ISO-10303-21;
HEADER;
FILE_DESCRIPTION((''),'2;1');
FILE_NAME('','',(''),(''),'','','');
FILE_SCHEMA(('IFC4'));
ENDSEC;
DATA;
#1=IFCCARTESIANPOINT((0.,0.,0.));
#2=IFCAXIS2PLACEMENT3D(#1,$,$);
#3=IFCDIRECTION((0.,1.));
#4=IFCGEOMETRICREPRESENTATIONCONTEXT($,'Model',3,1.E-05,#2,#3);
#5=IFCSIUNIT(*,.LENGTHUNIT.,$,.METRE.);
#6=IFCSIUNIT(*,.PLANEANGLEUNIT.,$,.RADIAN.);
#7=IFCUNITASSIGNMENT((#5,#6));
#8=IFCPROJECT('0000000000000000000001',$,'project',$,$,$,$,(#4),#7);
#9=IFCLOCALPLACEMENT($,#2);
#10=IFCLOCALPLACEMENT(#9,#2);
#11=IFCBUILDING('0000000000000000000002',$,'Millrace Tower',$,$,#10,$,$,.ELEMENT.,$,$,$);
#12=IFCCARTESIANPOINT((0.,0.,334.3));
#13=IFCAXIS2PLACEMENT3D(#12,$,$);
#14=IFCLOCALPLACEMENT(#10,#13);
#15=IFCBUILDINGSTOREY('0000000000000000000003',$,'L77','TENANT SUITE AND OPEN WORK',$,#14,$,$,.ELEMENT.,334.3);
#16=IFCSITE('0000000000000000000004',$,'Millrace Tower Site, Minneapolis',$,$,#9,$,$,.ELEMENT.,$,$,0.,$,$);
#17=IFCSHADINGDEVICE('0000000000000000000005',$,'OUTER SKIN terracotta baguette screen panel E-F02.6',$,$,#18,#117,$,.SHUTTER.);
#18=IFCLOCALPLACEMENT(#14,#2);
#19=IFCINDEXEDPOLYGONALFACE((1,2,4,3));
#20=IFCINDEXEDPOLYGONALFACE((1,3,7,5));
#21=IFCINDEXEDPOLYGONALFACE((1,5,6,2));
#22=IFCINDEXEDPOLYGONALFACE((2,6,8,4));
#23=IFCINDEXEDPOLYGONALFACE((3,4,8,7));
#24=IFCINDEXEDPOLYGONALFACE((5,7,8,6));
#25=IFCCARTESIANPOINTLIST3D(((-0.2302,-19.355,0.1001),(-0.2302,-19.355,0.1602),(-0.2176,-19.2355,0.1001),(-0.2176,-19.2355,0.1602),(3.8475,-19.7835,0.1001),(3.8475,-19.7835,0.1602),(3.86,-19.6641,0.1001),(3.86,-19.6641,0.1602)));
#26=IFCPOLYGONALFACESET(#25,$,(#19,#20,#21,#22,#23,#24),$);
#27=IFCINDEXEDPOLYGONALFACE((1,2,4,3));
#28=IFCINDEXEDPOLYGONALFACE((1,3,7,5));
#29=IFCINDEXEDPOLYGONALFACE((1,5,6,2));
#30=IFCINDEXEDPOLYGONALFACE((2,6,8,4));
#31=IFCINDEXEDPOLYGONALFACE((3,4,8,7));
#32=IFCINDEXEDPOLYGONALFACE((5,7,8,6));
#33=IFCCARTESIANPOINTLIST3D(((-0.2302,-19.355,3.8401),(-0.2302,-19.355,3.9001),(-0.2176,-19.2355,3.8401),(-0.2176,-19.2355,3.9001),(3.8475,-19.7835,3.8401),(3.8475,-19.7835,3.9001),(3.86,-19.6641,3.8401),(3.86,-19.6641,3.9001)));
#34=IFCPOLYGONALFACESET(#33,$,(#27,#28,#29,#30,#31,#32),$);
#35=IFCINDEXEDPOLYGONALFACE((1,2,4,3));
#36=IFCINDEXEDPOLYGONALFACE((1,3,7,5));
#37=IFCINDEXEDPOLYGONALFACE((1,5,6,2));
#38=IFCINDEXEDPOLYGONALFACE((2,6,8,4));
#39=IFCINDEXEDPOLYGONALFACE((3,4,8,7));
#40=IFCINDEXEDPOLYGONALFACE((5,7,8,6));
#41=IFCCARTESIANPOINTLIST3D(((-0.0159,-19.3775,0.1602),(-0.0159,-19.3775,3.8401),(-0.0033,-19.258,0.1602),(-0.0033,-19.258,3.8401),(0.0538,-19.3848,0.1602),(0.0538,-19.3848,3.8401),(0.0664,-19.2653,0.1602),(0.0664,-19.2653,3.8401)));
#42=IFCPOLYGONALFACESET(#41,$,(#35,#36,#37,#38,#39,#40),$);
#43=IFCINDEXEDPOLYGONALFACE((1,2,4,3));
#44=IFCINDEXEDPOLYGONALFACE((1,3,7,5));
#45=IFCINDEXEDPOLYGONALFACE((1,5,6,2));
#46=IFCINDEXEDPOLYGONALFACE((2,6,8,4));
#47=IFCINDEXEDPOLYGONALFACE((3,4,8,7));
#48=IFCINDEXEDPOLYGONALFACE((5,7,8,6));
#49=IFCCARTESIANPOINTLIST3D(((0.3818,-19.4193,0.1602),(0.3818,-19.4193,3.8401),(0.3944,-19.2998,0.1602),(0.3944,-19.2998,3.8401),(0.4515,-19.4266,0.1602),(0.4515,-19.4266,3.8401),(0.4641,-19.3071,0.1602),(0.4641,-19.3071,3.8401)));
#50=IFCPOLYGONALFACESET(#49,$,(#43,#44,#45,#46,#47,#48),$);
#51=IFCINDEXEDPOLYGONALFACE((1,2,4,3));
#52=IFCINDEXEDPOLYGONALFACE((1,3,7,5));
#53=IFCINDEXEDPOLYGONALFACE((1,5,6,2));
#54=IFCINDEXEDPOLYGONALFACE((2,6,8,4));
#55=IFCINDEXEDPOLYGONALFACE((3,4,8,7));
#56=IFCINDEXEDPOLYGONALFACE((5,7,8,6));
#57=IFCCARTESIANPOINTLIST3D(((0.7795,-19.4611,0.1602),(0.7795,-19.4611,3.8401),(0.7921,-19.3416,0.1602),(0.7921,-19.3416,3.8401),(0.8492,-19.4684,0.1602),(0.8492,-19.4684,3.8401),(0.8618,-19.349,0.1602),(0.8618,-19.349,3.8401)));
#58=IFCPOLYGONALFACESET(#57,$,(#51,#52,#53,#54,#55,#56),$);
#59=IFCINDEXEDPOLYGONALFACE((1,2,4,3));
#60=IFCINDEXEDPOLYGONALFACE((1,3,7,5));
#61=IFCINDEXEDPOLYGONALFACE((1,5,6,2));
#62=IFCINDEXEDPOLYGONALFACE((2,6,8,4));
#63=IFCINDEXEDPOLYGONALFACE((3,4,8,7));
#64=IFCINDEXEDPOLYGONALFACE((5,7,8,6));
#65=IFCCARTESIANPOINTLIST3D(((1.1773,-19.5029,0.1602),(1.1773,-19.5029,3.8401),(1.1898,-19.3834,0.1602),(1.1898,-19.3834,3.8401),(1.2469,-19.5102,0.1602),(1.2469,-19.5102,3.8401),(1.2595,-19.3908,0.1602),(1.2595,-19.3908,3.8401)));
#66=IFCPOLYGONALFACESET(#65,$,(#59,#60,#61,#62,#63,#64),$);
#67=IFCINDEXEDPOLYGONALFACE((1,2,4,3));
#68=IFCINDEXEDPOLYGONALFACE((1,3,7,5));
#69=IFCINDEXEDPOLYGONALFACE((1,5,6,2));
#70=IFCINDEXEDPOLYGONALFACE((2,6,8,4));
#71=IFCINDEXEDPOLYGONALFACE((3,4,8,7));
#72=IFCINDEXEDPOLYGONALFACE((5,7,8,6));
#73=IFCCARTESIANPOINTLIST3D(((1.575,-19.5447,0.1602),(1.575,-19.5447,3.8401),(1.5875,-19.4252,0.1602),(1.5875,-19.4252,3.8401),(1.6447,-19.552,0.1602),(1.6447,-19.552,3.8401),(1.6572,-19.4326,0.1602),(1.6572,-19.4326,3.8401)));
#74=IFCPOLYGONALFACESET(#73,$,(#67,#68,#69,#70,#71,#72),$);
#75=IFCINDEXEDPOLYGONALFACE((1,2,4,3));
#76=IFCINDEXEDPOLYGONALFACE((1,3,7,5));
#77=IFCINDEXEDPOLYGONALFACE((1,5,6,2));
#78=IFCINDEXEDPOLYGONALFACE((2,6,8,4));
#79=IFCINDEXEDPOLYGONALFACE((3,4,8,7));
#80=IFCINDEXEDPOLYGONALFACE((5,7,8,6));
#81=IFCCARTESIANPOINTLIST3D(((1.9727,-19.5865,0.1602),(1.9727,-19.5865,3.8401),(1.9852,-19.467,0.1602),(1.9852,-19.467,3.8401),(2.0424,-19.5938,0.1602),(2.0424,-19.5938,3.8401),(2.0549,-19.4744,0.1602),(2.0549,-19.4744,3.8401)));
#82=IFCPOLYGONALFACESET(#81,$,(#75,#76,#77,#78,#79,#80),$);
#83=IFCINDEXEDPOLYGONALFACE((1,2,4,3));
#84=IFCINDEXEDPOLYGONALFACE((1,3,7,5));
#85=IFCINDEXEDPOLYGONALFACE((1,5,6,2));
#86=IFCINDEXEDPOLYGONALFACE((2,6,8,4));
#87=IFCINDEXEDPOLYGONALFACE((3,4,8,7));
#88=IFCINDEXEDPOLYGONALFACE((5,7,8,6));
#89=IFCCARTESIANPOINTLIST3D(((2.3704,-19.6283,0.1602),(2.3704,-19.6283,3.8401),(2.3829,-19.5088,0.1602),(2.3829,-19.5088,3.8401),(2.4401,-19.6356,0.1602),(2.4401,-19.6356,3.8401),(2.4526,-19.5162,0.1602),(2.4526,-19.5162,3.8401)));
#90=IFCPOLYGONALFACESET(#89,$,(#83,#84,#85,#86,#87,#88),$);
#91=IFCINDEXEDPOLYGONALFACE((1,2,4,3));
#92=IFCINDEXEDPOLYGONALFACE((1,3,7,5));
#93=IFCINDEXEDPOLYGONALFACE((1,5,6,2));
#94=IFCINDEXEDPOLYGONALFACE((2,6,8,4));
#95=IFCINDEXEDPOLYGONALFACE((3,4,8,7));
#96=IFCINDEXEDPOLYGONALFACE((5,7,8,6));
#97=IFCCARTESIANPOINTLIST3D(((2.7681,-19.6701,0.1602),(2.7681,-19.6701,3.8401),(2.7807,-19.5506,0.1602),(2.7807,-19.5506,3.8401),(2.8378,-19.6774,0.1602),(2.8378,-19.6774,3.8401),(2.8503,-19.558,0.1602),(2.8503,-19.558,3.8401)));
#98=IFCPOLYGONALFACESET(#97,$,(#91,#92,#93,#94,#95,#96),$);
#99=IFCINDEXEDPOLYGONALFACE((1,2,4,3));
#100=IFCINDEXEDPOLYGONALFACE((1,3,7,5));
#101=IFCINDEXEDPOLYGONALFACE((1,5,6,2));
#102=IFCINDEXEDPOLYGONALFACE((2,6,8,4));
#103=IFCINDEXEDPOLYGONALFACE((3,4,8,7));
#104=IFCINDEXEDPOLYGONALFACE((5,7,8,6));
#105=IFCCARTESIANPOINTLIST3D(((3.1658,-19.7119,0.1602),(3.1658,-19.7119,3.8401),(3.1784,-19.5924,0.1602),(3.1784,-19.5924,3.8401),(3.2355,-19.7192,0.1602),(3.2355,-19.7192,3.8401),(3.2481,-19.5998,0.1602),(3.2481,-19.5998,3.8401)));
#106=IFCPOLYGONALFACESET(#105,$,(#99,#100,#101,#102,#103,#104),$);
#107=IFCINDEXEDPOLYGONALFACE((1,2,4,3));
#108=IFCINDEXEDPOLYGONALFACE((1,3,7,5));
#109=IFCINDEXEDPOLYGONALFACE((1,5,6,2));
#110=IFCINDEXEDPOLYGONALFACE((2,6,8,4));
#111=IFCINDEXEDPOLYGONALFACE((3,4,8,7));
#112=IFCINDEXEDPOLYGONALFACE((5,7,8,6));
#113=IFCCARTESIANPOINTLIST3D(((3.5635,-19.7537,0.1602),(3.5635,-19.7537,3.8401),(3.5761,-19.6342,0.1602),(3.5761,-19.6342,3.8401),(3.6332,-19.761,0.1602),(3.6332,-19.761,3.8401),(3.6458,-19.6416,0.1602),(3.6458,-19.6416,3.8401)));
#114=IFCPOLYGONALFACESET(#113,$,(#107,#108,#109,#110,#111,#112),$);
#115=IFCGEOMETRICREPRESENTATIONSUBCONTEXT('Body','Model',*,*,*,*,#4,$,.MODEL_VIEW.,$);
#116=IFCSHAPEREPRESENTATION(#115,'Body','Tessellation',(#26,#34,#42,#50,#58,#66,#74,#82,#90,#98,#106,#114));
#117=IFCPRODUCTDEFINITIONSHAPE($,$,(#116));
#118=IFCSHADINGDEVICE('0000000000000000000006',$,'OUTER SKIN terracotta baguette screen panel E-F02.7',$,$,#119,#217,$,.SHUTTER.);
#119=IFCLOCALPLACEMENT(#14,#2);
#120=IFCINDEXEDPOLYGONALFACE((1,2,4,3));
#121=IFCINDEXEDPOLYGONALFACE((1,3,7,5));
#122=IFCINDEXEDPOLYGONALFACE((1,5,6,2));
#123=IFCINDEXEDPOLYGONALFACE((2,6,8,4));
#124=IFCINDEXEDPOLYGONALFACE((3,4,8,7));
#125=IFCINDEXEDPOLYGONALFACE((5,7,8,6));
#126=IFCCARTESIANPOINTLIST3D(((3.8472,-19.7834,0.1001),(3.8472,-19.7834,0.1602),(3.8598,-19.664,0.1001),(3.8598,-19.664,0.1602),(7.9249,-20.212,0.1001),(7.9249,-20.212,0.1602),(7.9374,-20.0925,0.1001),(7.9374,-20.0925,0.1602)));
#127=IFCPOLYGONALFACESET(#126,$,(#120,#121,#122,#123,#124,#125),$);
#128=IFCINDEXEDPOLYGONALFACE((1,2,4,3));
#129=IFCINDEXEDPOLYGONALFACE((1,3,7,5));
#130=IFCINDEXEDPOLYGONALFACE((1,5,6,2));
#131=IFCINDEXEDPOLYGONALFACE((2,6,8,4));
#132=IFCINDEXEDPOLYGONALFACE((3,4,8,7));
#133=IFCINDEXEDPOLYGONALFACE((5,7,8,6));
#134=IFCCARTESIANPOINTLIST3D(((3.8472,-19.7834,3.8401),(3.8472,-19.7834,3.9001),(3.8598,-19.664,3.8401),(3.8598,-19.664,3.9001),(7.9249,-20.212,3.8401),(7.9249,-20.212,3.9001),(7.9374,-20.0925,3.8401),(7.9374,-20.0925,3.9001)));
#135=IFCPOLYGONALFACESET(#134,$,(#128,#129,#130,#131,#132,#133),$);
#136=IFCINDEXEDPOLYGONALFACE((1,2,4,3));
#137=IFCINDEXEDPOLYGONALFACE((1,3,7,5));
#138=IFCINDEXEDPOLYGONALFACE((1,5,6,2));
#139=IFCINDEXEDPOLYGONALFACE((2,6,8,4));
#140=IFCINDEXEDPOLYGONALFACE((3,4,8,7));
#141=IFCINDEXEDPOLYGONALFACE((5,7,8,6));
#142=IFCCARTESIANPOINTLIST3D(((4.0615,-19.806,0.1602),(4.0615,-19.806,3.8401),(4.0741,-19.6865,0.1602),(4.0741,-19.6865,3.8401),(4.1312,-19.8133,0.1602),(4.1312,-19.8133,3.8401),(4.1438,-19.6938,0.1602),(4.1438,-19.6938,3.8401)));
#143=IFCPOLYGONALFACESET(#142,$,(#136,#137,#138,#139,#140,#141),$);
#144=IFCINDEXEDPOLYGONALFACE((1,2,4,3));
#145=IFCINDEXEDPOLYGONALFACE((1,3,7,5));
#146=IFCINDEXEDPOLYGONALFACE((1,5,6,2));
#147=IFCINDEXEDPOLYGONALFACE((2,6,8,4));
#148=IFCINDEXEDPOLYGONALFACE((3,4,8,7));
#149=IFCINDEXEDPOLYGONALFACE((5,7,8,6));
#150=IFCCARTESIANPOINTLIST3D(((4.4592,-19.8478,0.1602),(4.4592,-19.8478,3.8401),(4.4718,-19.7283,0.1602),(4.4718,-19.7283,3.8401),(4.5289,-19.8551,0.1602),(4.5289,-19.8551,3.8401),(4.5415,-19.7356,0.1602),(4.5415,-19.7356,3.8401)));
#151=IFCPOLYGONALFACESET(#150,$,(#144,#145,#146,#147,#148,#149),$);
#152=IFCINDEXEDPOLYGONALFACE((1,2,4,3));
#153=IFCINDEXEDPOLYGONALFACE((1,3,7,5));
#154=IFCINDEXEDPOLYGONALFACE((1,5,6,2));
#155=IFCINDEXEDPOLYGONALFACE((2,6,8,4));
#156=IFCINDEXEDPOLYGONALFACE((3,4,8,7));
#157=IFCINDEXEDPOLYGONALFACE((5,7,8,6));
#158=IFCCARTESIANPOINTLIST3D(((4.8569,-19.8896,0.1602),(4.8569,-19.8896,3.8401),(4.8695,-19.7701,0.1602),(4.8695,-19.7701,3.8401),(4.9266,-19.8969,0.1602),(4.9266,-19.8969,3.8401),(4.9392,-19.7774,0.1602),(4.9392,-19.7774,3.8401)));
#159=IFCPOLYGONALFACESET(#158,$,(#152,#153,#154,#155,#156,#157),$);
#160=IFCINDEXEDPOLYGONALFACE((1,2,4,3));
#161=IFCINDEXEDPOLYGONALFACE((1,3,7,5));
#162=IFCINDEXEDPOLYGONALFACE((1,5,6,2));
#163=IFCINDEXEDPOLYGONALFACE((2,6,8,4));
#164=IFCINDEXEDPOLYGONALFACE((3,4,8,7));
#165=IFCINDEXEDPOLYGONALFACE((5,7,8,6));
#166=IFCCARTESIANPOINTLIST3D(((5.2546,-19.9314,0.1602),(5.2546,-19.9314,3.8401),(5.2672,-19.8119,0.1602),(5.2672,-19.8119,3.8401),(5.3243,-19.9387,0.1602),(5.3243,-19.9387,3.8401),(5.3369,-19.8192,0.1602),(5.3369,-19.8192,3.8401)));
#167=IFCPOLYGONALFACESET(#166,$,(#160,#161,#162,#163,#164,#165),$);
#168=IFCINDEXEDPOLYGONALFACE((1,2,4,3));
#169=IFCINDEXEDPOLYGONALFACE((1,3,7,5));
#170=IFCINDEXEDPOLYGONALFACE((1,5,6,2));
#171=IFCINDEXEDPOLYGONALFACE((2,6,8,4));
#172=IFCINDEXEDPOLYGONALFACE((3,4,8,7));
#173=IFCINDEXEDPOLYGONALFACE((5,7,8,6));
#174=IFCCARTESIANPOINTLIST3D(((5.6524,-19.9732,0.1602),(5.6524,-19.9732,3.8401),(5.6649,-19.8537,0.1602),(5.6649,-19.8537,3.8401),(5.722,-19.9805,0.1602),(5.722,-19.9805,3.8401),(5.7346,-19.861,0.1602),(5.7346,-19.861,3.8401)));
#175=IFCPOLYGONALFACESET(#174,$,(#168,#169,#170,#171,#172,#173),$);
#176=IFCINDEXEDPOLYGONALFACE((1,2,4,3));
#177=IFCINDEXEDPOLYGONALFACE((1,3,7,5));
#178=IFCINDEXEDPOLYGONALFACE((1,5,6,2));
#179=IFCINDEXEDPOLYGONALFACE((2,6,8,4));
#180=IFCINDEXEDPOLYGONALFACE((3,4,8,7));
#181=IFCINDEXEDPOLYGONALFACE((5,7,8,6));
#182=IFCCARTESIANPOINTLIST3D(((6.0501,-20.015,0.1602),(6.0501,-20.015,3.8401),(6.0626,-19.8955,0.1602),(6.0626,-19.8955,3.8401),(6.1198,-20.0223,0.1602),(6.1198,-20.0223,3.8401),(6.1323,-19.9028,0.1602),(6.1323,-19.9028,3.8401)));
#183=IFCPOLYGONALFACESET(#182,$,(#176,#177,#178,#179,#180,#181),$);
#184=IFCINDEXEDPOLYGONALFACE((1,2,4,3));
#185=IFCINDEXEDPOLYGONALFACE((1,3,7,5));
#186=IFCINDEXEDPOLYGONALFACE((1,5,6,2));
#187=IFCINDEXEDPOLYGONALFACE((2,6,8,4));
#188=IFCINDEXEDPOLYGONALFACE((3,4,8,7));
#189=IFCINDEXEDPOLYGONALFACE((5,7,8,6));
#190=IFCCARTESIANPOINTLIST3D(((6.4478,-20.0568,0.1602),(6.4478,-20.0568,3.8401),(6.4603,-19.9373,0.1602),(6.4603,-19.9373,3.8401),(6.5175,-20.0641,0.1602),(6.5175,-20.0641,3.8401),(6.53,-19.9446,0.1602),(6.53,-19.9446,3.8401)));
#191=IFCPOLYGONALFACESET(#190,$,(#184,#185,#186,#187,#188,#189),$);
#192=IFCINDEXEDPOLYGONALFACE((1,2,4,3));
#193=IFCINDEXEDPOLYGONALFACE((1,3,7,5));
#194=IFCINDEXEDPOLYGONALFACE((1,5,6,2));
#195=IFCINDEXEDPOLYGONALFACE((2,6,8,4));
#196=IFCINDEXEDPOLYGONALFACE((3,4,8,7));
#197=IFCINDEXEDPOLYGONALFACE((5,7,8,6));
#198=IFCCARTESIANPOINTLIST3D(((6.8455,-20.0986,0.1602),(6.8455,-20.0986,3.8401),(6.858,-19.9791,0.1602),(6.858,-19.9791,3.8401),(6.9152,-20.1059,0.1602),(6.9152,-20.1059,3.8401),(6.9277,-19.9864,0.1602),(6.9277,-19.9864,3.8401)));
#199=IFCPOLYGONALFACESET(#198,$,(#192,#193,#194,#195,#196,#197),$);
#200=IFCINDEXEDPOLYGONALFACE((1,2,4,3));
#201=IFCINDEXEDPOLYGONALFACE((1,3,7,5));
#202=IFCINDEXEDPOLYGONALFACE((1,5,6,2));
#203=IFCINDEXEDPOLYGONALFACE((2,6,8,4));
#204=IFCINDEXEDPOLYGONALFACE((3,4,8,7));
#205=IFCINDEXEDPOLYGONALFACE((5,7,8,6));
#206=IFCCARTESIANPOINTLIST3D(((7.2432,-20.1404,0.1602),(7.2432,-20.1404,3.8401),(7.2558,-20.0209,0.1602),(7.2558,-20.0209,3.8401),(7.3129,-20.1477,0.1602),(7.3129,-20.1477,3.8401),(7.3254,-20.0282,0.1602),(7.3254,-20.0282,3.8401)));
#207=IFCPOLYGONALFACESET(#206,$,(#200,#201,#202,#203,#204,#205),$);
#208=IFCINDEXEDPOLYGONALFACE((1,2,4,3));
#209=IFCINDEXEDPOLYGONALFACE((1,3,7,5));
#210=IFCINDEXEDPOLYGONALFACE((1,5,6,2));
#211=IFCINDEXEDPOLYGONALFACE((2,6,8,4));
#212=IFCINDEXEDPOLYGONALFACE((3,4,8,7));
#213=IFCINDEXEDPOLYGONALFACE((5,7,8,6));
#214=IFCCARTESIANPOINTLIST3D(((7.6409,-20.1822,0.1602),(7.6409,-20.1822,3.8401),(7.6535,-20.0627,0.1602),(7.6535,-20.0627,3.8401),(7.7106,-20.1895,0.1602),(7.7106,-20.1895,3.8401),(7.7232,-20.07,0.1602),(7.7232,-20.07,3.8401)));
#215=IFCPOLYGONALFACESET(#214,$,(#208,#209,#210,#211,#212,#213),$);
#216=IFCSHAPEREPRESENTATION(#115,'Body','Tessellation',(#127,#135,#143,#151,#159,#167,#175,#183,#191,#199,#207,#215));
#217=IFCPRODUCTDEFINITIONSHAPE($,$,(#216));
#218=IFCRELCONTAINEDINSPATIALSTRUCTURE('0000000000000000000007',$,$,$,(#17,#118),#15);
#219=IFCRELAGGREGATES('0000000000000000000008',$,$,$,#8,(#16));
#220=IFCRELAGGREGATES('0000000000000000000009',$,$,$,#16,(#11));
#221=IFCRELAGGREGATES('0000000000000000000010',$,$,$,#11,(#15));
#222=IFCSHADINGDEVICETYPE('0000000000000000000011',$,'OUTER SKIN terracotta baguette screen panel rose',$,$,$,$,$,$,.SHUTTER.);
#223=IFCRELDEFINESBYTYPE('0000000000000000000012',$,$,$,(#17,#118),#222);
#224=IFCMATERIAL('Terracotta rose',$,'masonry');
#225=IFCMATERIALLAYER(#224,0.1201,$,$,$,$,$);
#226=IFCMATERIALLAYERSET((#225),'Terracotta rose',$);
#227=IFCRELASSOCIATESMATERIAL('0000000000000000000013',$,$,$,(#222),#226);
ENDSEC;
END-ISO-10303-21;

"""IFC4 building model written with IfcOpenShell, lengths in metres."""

from ifc_helpers import new_model, entity, si_unit, direction, frame, frame_2d, origin, place, context, subcontext, project, spatial, rectangle, extrude, source, transform, mapped, material, layer, layer_set, type_object, element, save


model = new_model("IFC4")

# Units and contexts
model_context = context("Model", 3, precision=1e-05, world=origin(), true_north=direction((0.0, 1.0)))
body_context = subcontext(model_context, "Body", "Model", "MODEL_VIEW")
ifc_project = project(units=[si_unit("LENGTHUNIT", "METRE"), si_unit("PLANEANGLEUNIT", "RADIAN")], contexts=[model_context])

# Site, building, storey
site_placement = place(None, origin())
site = spatial("IfcSite", under=ifc_project, at=site_placement, Name="Millrace Tower Site, Minneapolis", CompositionType="ELEMENT", RefElevation=0.0)
building_placement = place(site_placement, origin())
building = spatial("IfcBuilding", under=site, at=building_placement, Name="Millrace Tower", CompositionType="ELEMENT")
storey_placement = place(building_placement, frame((0.0, 0.0, 334.3)))
storey = spatial("IfcBuildingStorey", under=building, at=storey_placement, Name="L77", Description="TENANT SUITE AND OPEN WORK", CompositionType="ELEMENT", Elevation=334.3)

# Shading devices
ifc_material_1 = material(Name="Terracotta rose", Category="masonry")
ifc_layer_1 = layer(ifc_material_1, 0.1201)
ifc_layer_set_1 = layer_set([ifc_layer_1], Name="Terracotta rose")
shading_device_type = type_object("IfcShadingDeviceType", Name="OUTER SKIN terracotta baguette screen panel rose", PredefinedType="SHUTTER", material=ifc_layer_set_1)
cartesian_point = entity("IfcCartesianPoint", [-2.05, 0.0601])
shared_polyline = entity("IfcPolyline", [cartesian_point, entity("IfcCartesianPoint", [2.05, 0.0601]), entity("IfcCartesianPoint", [2.05, -0.0601]), entity("IfcCartesianPoint", [-2.05, -0.0601]), cartesian_point])
shared_shape = source(origin(), body_context, "Body", "SweptSolid", [
    entity("IfcExtrudedAreaSolid", entity("IfcArbitraryClosedProfileDef", "AREA", None, shared_polyline), entity("IfcAxis2Placement3D", entity("IfcCartesianPoint", [0.0, 0.0, 0.0])), entity("IfcDirection", [0.0, 0.0, 1.0]), 0.0601),
    entity("IfcExtrudedAreaSolid", entity("IfcArbitraryClosedProfileDef", "AREA", None, shared_polyline), entity("IfcAxis2Placement3D", entity("IfcCartesianPoint", [0.0, 0.0, 3.74])), entity("IfcDirection", [0.0, 0.0, 1.0]), 0.0601),
    extrude(rectangle(XDim=0.0701, YDim=0.1201, at=frame_2d((-1.7996, 0.0))), frame((0.0, 0.0, 0.0601)), (0.0, 0.0, 1.0), 3.6799),
    extrude(rectangle(XDim=0.0701, YDim=0.1201, at=frame_2d((-1.3997, 0.0))), frame((0.0, 0.0, 0.0601)), (0.0, 0.0, 1.0), 3.6799),
    extrude(rectangle(XDim=0.0701, YDim=0.1201, at=frame_2d((-0.9998, 0.0))), frame((0.0, 0.0, 0.0601)), (0.0, 0.0, 1.0), 3.6799),
    extrude(rectangle(XDim=0.0701, YDim=0.1201, at=frame_2d((-0.5999, 0.0))), frame((0.0, 0.0, 0.0601)), (0.0, 0.0, 1.0), 3.6799),
    extrude(rectangle(XDim=0.0701, YDim=0.1201, at=frame_2d((-0.2, 0.0))), frame((0.0, 0.0, 0.0601)), (0.0, 0.0, 1.0), 3.6799),
    extrude(rectangle(XDim=0.0701, YDim=0.1201, at=frame_2d((0.2, 0.0))), frame((0.0, 0.0, 0.0601)), (0.0, 0.0, 1.0), 3.6799),
    extrude(rectangle(XDim=0.0701, YDim=0.1201, at=frame_2d((0.5999, 0.0))), frame((0.0, 0.0, 0.0601)), (0.0, 0.0, 1.0), 3.6799),
    extrude(rectangle(XDim=0.0701, YDim=0.1201, at=frame_2d((0.9998, 0.0))), frame((0.0, 0.0, 0.0601)), (0.0, 0.0, 1.0), 3.6799),
    extrude(rectangle(XDim=0.0701, YDim=0.1201, at=frame_2d((1.3997, 0.0))), frame((0.0, 0.0, 0.0601)), (0.0, 0.0, 1.0), 3.6799),
    extrude(rectangle(XDim=0.0701, YDim=0.1201, at=frame_2d((1.7996, 0.0))), frame((0.0, 0.0, 0.0601)), (0.0, 0.0, 1.0), 3.6799),
])
for number, where, z_axis, x_axis, name in (
    (1, (1.8149, -19.5095, 0.1001), (0.0, 0.0, 1.0), (0.994522, -0.104528, 0.0), "OUTER SKIN terracotta baguette screen panel E-F02.6"),
    (2, (5.8923, -19.938, 0.1001), (0.0, 0.0, 1.0), (0.994522, -0.104528, 0.0), "OUTER SKIN terracotta baguette screen panel E-F02.7"),
):
    element("IfcShadingDevice", number, at=place(storey_placement, frame(where, z_axis=z_axis, x_axis=x_axis)), inside=storey, type_object=shading_device_type, Name=name, PredefinedType="SHUTTER", context=body_context, shape_type="MappedRepresentation", body=[
        mapped(shared_shape, transform((0.0, 0.0, 0.0), scale=1.0)),
    ])

save(model, "model.ifc")
